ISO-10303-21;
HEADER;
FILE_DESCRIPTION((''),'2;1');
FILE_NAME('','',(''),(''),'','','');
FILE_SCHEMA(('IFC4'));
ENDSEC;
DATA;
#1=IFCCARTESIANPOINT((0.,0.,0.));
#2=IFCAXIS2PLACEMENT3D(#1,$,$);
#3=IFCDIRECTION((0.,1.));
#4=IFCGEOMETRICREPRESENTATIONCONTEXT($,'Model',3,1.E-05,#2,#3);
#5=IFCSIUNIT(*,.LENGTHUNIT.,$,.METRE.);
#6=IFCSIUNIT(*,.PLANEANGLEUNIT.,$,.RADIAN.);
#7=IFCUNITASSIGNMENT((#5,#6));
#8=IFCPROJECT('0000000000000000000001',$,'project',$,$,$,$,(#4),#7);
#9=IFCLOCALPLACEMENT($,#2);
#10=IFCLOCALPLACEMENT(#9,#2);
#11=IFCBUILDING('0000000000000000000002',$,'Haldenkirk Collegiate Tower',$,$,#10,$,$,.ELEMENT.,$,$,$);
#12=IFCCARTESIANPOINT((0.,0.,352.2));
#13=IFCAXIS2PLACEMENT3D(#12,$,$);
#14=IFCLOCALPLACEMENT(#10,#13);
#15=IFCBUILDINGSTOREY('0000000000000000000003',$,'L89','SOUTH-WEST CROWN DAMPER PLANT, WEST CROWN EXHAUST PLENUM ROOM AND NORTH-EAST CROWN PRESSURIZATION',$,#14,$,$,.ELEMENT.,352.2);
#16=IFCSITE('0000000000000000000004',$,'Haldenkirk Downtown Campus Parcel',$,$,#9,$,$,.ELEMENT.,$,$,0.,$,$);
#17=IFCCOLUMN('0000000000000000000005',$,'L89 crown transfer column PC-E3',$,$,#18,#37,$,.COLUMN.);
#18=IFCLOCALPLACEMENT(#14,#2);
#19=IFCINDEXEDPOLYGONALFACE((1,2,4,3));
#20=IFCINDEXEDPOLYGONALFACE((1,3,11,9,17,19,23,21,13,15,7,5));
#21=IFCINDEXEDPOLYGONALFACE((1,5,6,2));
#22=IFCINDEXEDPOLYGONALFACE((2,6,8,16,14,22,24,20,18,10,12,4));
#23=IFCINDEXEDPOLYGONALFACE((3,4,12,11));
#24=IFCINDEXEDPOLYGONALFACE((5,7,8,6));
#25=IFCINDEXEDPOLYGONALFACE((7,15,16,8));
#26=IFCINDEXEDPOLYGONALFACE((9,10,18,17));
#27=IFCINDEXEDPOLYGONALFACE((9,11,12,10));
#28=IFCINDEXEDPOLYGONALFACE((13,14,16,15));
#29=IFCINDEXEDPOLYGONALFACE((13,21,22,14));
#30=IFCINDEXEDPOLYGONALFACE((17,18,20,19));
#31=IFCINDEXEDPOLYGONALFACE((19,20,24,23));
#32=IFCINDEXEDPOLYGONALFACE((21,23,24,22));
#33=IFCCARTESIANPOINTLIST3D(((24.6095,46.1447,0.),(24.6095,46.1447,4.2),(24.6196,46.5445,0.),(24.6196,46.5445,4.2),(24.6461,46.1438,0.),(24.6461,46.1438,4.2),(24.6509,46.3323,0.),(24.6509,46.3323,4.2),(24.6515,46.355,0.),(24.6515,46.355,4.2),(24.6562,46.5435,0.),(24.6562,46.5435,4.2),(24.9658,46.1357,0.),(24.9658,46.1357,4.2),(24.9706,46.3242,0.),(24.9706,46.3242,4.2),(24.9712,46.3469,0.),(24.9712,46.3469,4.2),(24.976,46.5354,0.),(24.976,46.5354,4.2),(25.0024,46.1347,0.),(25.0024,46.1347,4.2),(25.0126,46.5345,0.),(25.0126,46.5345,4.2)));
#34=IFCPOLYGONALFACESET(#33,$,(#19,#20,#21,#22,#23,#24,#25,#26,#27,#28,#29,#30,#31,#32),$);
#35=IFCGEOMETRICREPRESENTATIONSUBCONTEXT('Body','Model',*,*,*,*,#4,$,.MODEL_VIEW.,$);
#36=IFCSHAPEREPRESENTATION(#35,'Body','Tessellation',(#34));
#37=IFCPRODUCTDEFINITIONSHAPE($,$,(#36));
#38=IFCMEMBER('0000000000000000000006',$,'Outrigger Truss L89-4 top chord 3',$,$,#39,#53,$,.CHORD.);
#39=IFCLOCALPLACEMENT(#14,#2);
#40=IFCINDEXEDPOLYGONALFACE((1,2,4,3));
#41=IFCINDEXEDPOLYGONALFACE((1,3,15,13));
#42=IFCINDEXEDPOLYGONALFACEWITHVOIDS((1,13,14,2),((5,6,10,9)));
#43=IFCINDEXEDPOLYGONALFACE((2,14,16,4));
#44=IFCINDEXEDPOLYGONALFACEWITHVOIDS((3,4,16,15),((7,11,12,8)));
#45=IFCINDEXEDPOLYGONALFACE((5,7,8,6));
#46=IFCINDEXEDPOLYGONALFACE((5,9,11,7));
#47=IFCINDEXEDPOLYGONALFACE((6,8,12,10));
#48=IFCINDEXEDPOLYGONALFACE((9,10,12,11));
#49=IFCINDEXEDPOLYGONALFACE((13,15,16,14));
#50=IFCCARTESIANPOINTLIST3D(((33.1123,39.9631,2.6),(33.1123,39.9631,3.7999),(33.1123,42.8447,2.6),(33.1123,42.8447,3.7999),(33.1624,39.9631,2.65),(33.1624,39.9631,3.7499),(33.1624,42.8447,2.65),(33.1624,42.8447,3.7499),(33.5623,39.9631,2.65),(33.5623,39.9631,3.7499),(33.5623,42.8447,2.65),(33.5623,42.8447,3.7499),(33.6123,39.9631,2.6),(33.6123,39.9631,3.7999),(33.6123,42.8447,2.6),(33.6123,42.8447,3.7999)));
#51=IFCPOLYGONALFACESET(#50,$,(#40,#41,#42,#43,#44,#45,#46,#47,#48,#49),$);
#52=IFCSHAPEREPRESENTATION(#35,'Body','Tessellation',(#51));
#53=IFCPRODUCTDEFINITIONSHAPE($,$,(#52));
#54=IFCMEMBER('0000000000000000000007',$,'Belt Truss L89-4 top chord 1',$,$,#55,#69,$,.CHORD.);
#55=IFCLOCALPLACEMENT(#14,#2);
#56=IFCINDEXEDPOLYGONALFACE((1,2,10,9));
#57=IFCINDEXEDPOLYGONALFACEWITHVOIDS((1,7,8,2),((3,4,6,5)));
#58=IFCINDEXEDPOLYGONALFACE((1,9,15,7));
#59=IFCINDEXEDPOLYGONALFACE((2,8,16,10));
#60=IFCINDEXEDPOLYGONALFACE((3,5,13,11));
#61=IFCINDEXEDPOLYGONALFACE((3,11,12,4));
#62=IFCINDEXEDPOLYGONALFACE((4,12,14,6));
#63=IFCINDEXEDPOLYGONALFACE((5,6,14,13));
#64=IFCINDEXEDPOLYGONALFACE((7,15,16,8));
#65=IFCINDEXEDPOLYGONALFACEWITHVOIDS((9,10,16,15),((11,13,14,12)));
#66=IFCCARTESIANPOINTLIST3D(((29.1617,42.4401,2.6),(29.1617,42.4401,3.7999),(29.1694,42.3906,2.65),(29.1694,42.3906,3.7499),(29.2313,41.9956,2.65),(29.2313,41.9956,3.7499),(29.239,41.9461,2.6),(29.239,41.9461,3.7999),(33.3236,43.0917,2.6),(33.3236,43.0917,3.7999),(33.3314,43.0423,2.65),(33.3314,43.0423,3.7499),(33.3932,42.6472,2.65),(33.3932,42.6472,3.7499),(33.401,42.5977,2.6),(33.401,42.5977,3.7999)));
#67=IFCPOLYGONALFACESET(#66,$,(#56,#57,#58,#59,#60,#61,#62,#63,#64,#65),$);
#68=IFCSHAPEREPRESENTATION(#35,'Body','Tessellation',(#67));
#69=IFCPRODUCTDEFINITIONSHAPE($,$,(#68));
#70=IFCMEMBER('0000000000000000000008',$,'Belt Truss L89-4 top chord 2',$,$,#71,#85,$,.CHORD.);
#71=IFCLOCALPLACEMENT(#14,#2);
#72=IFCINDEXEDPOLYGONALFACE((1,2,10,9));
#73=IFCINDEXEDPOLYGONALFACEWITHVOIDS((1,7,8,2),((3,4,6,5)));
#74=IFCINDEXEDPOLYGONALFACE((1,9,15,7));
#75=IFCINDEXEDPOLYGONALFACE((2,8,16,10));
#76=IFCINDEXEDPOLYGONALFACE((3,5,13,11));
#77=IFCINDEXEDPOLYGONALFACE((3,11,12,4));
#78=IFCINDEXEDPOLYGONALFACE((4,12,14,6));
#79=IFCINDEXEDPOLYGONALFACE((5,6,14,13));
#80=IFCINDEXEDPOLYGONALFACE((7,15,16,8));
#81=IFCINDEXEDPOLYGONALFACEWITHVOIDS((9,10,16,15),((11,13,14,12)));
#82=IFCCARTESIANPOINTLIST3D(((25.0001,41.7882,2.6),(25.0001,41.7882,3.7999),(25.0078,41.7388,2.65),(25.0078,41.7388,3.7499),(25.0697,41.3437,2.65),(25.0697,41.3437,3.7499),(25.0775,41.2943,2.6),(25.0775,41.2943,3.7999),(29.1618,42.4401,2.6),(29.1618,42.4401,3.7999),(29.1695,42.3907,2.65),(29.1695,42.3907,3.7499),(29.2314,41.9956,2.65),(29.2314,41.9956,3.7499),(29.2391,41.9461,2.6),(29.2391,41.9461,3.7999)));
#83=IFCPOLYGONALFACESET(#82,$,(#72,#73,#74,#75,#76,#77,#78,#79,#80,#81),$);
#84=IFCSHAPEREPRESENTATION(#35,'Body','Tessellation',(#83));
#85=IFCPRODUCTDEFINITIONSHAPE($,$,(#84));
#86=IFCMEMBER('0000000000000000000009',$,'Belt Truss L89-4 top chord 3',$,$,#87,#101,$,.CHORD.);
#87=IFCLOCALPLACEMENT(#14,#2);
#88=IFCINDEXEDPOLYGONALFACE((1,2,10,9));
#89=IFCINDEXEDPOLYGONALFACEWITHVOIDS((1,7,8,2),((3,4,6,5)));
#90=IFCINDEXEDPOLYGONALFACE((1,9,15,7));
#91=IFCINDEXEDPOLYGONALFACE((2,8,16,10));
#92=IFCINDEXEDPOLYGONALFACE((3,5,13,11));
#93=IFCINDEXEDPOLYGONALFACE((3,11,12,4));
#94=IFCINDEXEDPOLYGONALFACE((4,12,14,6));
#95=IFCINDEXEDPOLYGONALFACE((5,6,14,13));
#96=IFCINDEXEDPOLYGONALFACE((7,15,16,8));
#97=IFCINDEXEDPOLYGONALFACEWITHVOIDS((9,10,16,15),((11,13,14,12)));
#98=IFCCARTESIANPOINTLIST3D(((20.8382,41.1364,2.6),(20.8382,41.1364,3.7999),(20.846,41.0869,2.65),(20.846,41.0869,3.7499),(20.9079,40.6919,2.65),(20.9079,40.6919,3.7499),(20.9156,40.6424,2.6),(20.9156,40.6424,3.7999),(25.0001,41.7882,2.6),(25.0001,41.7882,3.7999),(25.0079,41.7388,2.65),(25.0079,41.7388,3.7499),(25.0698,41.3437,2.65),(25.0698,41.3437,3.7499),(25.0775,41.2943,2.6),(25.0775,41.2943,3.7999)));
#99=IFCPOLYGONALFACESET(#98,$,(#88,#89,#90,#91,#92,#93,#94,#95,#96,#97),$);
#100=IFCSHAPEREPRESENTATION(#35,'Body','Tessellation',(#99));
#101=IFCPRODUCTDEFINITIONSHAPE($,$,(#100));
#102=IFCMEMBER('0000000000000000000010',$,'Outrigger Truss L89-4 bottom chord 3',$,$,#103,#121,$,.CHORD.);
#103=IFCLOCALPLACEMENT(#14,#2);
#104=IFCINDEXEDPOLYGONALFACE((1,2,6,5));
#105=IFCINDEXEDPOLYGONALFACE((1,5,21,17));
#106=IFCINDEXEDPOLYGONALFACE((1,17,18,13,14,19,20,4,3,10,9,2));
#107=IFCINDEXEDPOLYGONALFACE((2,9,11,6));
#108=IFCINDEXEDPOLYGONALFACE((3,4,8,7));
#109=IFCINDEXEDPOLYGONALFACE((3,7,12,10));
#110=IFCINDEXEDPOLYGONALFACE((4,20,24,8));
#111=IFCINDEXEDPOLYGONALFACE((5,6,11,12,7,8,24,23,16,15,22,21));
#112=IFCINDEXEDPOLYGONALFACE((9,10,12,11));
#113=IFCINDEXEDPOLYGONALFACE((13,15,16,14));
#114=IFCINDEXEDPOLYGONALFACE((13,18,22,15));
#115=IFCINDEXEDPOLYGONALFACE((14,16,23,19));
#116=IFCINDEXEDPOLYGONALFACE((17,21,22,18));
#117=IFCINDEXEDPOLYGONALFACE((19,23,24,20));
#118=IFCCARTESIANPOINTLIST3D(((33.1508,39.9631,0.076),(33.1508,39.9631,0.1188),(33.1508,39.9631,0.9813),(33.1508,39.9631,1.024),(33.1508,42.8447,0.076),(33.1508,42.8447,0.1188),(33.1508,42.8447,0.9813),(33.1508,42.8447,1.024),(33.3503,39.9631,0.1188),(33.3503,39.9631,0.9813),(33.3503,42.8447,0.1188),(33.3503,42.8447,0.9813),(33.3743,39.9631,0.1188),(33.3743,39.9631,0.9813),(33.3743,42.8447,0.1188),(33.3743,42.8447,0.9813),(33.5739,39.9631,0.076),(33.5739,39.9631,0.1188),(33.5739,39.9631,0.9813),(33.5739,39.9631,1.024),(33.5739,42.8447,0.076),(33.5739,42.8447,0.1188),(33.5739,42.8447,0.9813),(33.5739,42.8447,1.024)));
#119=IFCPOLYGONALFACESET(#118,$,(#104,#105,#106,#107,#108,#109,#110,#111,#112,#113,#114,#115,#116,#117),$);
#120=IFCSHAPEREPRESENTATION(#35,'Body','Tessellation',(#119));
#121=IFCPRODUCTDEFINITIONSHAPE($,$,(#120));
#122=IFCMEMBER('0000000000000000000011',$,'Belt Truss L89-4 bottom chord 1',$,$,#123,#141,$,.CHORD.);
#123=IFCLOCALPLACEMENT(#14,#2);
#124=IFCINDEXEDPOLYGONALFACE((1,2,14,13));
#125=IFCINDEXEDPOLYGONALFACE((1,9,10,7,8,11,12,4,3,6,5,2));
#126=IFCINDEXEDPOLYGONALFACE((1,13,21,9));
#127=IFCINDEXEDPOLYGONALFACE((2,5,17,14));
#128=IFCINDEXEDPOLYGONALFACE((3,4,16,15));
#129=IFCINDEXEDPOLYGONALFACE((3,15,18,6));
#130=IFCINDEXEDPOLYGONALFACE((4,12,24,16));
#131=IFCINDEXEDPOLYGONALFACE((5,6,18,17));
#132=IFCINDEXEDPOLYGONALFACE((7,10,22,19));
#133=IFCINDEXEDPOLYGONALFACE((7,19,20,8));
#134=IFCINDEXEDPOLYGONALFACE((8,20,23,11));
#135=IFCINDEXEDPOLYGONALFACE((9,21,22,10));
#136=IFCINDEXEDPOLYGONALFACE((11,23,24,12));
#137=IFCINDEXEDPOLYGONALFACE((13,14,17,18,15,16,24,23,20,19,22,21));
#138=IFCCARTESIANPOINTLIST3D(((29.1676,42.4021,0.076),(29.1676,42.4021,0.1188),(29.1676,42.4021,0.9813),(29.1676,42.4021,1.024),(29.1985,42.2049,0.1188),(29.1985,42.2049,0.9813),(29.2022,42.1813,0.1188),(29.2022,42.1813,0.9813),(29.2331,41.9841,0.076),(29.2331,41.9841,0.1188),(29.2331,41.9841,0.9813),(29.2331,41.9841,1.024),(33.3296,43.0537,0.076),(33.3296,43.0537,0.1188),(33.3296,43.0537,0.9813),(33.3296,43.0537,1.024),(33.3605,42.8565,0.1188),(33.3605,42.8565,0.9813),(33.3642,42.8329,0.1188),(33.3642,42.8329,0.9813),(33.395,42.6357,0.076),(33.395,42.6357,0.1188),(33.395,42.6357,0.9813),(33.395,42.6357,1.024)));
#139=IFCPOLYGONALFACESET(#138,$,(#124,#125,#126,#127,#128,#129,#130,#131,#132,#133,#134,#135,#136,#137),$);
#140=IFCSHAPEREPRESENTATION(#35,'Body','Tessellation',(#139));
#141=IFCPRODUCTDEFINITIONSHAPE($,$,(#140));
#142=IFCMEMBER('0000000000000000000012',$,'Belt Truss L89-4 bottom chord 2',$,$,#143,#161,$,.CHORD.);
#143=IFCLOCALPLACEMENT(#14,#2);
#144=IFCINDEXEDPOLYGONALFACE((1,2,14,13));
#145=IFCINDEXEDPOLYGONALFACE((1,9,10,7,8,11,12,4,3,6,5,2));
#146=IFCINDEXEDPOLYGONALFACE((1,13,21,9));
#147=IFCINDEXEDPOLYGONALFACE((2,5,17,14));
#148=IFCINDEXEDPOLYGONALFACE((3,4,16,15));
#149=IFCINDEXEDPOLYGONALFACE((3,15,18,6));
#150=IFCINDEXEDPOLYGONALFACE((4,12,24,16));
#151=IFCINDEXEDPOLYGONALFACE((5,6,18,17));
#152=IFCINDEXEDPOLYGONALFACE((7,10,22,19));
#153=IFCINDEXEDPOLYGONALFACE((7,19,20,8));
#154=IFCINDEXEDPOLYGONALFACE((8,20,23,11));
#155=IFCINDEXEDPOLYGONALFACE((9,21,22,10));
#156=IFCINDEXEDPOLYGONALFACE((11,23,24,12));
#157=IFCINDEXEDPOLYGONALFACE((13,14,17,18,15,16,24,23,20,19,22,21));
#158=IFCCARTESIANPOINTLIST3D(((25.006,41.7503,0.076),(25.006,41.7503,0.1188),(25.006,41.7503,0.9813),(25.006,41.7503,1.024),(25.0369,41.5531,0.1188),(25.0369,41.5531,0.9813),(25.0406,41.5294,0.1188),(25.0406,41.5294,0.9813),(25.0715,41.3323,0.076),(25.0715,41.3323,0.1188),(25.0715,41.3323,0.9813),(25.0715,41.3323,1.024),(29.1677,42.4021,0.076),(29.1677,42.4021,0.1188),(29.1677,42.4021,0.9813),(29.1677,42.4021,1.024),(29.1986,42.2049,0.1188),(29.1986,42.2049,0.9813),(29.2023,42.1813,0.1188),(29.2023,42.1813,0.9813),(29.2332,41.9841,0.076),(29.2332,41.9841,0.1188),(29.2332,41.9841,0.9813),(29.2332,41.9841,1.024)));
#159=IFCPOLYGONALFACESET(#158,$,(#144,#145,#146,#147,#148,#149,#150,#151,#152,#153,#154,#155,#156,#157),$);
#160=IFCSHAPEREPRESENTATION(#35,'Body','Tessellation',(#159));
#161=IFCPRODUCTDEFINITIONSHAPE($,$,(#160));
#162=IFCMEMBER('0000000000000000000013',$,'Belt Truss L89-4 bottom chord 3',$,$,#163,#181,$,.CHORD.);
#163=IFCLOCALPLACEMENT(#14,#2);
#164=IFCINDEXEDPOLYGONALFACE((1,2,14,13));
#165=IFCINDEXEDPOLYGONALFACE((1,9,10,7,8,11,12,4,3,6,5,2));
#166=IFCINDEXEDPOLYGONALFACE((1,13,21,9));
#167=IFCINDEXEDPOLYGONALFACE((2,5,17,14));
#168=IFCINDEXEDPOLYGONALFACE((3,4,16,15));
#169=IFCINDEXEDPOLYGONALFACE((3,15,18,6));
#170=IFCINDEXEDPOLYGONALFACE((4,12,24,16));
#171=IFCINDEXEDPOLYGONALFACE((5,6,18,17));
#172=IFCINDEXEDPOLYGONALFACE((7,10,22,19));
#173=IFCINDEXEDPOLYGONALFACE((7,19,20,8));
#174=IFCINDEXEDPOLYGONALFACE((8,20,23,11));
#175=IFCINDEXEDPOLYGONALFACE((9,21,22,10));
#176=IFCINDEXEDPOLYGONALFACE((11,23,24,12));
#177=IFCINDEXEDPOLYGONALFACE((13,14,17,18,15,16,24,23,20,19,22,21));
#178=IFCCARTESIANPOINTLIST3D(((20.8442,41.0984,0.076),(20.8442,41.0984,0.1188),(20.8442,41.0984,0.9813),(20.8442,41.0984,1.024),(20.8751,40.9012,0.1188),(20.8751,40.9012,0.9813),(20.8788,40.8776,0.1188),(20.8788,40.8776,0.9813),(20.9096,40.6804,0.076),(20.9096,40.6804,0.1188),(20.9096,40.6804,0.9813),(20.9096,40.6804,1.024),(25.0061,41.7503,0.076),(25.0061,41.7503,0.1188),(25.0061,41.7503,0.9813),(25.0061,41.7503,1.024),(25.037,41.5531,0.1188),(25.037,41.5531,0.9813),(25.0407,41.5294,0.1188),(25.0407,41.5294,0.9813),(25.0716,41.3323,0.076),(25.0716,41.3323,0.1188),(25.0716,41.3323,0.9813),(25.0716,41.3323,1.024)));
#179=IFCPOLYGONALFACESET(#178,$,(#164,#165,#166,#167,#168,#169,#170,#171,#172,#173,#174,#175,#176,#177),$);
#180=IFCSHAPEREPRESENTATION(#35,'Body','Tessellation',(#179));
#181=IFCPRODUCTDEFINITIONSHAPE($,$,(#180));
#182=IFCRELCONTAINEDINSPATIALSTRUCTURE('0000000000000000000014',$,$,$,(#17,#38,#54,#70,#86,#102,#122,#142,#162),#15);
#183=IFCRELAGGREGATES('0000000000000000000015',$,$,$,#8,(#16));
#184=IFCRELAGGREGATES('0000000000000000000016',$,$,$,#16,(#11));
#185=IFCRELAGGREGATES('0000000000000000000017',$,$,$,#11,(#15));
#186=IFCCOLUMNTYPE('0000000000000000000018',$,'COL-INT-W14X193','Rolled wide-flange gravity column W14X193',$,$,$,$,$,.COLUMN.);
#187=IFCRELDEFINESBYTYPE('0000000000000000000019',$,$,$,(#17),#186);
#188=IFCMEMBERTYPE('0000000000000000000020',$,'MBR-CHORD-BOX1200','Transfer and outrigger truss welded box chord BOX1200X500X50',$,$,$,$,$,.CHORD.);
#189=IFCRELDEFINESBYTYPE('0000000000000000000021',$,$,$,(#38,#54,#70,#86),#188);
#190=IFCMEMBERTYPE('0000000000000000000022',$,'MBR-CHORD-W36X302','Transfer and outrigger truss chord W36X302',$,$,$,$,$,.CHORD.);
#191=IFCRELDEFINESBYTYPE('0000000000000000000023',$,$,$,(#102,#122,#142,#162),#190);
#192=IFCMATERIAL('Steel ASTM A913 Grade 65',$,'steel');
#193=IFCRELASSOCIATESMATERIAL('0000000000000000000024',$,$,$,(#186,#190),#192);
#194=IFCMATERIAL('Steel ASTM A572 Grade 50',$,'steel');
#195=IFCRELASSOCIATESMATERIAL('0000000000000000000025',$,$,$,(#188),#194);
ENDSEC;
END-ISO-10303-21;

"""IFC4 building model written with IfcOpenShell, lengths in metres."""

from ifc_helpers import new_model, si_unit, direction, frame, origin, origin_2d, place, context, subcontext, project, spatial, hollow_rectangle, i_section, extrude, material, material_profile, profile_set, type_object, element, save


model = new_model("IFC4")

# Units and contexts
model_context = context("Model", 3, precision=1e-05, world=origin(), true_north=direction((0.0, 1.0)))
body_context = subcontext(model_context, "Body", "Model", "MODEL_VIEW")
ifc_project = project(units=[si_unit("LENGTHUNIT", "METRE"), si_unit("PLANEANGLEUNIT", "RADIAN")], contexts=[model_context])

# Site, building, storey
site_placement = place(None, origin())
site = spatial("IfcSite", under=ifc_project, at=site_placement, Name="Haldenkirk Downtown Campus Parcel", CompositionType="ELEMENT", RefElevation=0.0)
building_placement = place(site_placement, origin())
building = spatial("IfcBuilding", under=site, at=building_placement, Name="Haldenkirk Collegiate Tower", CompositionType="ELEMENT")
storey_placement = place(building_placement, frame((0.0, 0.0, 352.2)))
storey = spatial("IfcBuildingStorey", under=building, at=storey_placement, Name="L89", Description="SOUTH-WEST CROWN DAMPER PLANT, WEST CROWN EXHAUST PLENUM ROOM AND NORTH-EAST CROWN PRESSURIZATION", CompositionType="ELEMENT", Elevation=352.2)

# Column
ifc_material_1 = material(Name="Steel ASTM A913 Grade 65", Category="steel")
ifc_material_profile_1 = material_profile(ifc_material_1, i_section(OverallWidth=0.3999, OverallDepth=0.3931, WebThickness=0.0227, FlangeThickness=0.0366, at=origin_2d()), Name="W14X193")
ifc_profile_set_1 = profile_set([ifc_material_profile_1], Name="Steel ASTM A913 Grade 65")
column_type = type_object("IfcColumnType", Name="COL-INT-W14X193", Description="Rolled wide-flange gravity column W14X193", PredefinedType="COLUMN", material=ifc_profile_set_1)
column_placement = place(storey_placement, frame((24.811, 46.3396, 0.0), z_axis=(0.0, 0.0, 1.0), x_axis=(0.025305, 0.99968, 0.0)))
element("IfcColumn", 1, at=column_placement, inside=storey, type_object=column_type, Name="L89 crown transfer column PC-E3", PredefinedType="COLUMN", context=body_context, shape_type="SweptSolid", body=[
    extrude(i_section(OverallWidth=0.3999, OverallDepth=0.3931, WebThickness=0.0227, FlangeThickness=0.0366, at=origin_2d()), origin(), (0.0, 0.0, 1.0), 4.2),
])

# Members
ifc_material_2 = material(Name="Steel ASTM A572 Grade 50", Category="steel")
ifc_material_profile_2 = material_profile(ifc_material_2, hollow_rectangle(XDim=0.5, YDim=1.2, WallThickness=0.05, at=origin_2d()), Name="BOX1200X500X50")
ifc_profile_set_2 = profile_set([ifc_material_profile_2], Name="Steel ASTM A572 Grade 50")
member_type_1 = type_object("IfcMemberType", Name="MBR-CHORD-BOX1200", Description="Transfer and outrigger truss welded box chord BOX1200X500X50", PredefinedType="CHORD", material=ifc_profile_set_2)
member_1_placement = place(storey_placement, frame((33.3623, 39.9631, 3.2), z_axis=(0.0, 1.0, 0.0), x_axis=(-1.0, 0.0, 0.0)))
element("IfcMember", 2, at=member_1_placement, inside=storey, type_object=member_type_1, Name="Outrigger Truss L89-4 top chord 3", PredefinedType="CHORD", context=body_context, shape_type="SweptSolid", body=[
    extrude(hollow_rectangle(XDim=0.5, YDim=1.2, WallThickness=0.05, at=origin_2d()), origin(), (0.0, 0.0, 1.0), 2.8816),
])
member_2_placement = place(storey_placement, frame((33.3623, 42.8447, 3.2), z_axis=(-0.987964, -0.154683, 0.0), x_axis=(0.154683, -0.987964, 0.0)))
element("IfcMember", 3, at=member_2_placement, inside=storey, type_object=member_type_1, Name="Belt Truss L89-4 top chord 1", PredefinedType="CHORD", context=body_context, shape_type="SweptSolid", body=[
    extrude(hollow_rectangle(XDim=0.5, YDim=1.2, WallThickness=0.05, at=origin_2d()), origin(), (0.0, 0.0, 1.0), 4.2126),
])
member_3_placement = place(storey_placement, frame((29.2004, 42.1931, 3.2), z_axis=(-0.987954, -0.154748, 0.0), x_axis=(0.154748, -0.987954, 0.0)))
element("IfcMember", 4, at=member_3_placement, inside=storey, type_object=member_type_1, Name="Belt Truss L89-4 top chord 2", PredefinedType="CHORD", context=body_context, shape_type="SweptSolid", body=[
    extrude(hollow_rectangle(XDim=0.5, YDim=1.2, WallThickness=0.05, at=origin_2d()), origin(), (0.0, 0.0, 1.0), 4.2124),
])
member_4_placement = place(storey_placement, frame((25.0388, 41.5413, 3.2), z_axis=(-0.987955, -0.154739, 0.0), x_axis=(0.154739, -0.987955, 0.0)))
element("IfcMember", 5, at=member_4_placement, inside=storey, type_object=member_type_1, Name="Belt Truss L89-4 top chord 3", PredefinedType="CHORD", context=body_context, shape_type="SweptSolid", body=[
    extrude(hollow_rectangle(XDim=0.5, YDim=1.2, WallThickness=0.05, at=origin_2d()), origin(), (0.0, 0.0, 1.0), 4.2126),
])
ifc_material_profile_3 = material_profile(ifc_material_1, i_section(OverallWidth=0.4231, OverallDepth=0.948, WebThickness=0.0239, FlangeThickness=0.0427, at=origin_2d()), Name="W36X302")
ifc_profile_set_3 = profile_set([ifc_material_profile_3], Name="Steel ASTM A913 Grade 65")
member_type_2 = type_object("IfcMemberType", Name="MBR-CHORD-W36X302", Description="Transfer and outrigger truss chord W36X302", PredefinedType="CHORD", material=ifc_profile_set_3)
member_5_placement = place(storey_placement, frame((33.3623, 39.9631, 0.55), z_axis=(0.0, 1.0, 0.0), x_axis=(-1.0, 0.0, 0.0)))
element("IfcMember", 6, at=member_5_placement, inside=storey, type_object=member_type_2, Name="Outrigger Truss L89-4 bottom chord 3", PredefinedType="CHORD", context=body_context, shape_type="SweptSolid", body=[
    extrude(i_section(OverallWidth=0.4231, OverallDepth=0.948, WebThickness=0.0239, FlangeThickness=0.0427, at=origin_2d()), origin(), (0.0, 0.0, 1.0), 2.8816),
])
member_6_placement = place(storey_placement, frame((33.3623, 42.8447, 0.55), z_axis=(-0.987964, -0.154683, 0.0), x_axis=(0.154683, -0.987964, 0.0)))
element("IfcMember", 7, at=member_6_placement, inside=storey, type_object=member_type_2, Name="Belt Truss L89-4 bottom chord 1", PredefinedType="CHORD", context=body_context, shape_type="SweptSolid", body=[
    extrude(i_section(OverallWidth=0.4231, OverallDepth=0.948, WebThickness=0.0239, FlangeThickness=0.0427, at=origin_2d()), origin(), (0.0, 0.0, 1.0), 4.2126),
])
member_7_placement = place(storey_placement, frame((29.2004, 42.1931, 0.55), z_axis=(-0.987954, -0.154748, 0.0), x_axis=(0.154748, -0.987954, 0.0)))
element("IfcMember", 8, at=member_7_placement, inside=storey, type_object=member_type_2, Name="Belt Truss L89-4 bottom chord 2", PredefinedType="CHORD", context=body_context, shape_type="SweptSolid", body=[
    extrude(i_section(OverallWidth=0.4231, OverallDepth=0.948, WebThickness=0.0239, FlangeThickness=0.0427, at=origin_2d()), origin(), (0.0, 0.0, 1.0), 4.2124),
])
member_8_placement = place(storey_placement, frame((25.0388, 41.5413, 0.55), z_axis=(-0.987955, -0.154739, 0.0), x_axis=(0.154739, -0.987955, 0.0)))
element("IfcMember", 9, at=member_8_placement, inside=storey, type_object=member_type_2, Name="Belt Truss L89-4 bottom chord 3", PredefinedType="CHORD", context=body_context, shape_type="SweptSolid", body=[
    extrude(i_section(OverallWidth=0.4231, OverallDepth=0.948, WebThickness=0.0239, FlangeThickness=0.0427, at=origin_2d()), origin(), (0.0, 0.0, 1.0), 4.2126),
])

save(model, "model.ifc")
